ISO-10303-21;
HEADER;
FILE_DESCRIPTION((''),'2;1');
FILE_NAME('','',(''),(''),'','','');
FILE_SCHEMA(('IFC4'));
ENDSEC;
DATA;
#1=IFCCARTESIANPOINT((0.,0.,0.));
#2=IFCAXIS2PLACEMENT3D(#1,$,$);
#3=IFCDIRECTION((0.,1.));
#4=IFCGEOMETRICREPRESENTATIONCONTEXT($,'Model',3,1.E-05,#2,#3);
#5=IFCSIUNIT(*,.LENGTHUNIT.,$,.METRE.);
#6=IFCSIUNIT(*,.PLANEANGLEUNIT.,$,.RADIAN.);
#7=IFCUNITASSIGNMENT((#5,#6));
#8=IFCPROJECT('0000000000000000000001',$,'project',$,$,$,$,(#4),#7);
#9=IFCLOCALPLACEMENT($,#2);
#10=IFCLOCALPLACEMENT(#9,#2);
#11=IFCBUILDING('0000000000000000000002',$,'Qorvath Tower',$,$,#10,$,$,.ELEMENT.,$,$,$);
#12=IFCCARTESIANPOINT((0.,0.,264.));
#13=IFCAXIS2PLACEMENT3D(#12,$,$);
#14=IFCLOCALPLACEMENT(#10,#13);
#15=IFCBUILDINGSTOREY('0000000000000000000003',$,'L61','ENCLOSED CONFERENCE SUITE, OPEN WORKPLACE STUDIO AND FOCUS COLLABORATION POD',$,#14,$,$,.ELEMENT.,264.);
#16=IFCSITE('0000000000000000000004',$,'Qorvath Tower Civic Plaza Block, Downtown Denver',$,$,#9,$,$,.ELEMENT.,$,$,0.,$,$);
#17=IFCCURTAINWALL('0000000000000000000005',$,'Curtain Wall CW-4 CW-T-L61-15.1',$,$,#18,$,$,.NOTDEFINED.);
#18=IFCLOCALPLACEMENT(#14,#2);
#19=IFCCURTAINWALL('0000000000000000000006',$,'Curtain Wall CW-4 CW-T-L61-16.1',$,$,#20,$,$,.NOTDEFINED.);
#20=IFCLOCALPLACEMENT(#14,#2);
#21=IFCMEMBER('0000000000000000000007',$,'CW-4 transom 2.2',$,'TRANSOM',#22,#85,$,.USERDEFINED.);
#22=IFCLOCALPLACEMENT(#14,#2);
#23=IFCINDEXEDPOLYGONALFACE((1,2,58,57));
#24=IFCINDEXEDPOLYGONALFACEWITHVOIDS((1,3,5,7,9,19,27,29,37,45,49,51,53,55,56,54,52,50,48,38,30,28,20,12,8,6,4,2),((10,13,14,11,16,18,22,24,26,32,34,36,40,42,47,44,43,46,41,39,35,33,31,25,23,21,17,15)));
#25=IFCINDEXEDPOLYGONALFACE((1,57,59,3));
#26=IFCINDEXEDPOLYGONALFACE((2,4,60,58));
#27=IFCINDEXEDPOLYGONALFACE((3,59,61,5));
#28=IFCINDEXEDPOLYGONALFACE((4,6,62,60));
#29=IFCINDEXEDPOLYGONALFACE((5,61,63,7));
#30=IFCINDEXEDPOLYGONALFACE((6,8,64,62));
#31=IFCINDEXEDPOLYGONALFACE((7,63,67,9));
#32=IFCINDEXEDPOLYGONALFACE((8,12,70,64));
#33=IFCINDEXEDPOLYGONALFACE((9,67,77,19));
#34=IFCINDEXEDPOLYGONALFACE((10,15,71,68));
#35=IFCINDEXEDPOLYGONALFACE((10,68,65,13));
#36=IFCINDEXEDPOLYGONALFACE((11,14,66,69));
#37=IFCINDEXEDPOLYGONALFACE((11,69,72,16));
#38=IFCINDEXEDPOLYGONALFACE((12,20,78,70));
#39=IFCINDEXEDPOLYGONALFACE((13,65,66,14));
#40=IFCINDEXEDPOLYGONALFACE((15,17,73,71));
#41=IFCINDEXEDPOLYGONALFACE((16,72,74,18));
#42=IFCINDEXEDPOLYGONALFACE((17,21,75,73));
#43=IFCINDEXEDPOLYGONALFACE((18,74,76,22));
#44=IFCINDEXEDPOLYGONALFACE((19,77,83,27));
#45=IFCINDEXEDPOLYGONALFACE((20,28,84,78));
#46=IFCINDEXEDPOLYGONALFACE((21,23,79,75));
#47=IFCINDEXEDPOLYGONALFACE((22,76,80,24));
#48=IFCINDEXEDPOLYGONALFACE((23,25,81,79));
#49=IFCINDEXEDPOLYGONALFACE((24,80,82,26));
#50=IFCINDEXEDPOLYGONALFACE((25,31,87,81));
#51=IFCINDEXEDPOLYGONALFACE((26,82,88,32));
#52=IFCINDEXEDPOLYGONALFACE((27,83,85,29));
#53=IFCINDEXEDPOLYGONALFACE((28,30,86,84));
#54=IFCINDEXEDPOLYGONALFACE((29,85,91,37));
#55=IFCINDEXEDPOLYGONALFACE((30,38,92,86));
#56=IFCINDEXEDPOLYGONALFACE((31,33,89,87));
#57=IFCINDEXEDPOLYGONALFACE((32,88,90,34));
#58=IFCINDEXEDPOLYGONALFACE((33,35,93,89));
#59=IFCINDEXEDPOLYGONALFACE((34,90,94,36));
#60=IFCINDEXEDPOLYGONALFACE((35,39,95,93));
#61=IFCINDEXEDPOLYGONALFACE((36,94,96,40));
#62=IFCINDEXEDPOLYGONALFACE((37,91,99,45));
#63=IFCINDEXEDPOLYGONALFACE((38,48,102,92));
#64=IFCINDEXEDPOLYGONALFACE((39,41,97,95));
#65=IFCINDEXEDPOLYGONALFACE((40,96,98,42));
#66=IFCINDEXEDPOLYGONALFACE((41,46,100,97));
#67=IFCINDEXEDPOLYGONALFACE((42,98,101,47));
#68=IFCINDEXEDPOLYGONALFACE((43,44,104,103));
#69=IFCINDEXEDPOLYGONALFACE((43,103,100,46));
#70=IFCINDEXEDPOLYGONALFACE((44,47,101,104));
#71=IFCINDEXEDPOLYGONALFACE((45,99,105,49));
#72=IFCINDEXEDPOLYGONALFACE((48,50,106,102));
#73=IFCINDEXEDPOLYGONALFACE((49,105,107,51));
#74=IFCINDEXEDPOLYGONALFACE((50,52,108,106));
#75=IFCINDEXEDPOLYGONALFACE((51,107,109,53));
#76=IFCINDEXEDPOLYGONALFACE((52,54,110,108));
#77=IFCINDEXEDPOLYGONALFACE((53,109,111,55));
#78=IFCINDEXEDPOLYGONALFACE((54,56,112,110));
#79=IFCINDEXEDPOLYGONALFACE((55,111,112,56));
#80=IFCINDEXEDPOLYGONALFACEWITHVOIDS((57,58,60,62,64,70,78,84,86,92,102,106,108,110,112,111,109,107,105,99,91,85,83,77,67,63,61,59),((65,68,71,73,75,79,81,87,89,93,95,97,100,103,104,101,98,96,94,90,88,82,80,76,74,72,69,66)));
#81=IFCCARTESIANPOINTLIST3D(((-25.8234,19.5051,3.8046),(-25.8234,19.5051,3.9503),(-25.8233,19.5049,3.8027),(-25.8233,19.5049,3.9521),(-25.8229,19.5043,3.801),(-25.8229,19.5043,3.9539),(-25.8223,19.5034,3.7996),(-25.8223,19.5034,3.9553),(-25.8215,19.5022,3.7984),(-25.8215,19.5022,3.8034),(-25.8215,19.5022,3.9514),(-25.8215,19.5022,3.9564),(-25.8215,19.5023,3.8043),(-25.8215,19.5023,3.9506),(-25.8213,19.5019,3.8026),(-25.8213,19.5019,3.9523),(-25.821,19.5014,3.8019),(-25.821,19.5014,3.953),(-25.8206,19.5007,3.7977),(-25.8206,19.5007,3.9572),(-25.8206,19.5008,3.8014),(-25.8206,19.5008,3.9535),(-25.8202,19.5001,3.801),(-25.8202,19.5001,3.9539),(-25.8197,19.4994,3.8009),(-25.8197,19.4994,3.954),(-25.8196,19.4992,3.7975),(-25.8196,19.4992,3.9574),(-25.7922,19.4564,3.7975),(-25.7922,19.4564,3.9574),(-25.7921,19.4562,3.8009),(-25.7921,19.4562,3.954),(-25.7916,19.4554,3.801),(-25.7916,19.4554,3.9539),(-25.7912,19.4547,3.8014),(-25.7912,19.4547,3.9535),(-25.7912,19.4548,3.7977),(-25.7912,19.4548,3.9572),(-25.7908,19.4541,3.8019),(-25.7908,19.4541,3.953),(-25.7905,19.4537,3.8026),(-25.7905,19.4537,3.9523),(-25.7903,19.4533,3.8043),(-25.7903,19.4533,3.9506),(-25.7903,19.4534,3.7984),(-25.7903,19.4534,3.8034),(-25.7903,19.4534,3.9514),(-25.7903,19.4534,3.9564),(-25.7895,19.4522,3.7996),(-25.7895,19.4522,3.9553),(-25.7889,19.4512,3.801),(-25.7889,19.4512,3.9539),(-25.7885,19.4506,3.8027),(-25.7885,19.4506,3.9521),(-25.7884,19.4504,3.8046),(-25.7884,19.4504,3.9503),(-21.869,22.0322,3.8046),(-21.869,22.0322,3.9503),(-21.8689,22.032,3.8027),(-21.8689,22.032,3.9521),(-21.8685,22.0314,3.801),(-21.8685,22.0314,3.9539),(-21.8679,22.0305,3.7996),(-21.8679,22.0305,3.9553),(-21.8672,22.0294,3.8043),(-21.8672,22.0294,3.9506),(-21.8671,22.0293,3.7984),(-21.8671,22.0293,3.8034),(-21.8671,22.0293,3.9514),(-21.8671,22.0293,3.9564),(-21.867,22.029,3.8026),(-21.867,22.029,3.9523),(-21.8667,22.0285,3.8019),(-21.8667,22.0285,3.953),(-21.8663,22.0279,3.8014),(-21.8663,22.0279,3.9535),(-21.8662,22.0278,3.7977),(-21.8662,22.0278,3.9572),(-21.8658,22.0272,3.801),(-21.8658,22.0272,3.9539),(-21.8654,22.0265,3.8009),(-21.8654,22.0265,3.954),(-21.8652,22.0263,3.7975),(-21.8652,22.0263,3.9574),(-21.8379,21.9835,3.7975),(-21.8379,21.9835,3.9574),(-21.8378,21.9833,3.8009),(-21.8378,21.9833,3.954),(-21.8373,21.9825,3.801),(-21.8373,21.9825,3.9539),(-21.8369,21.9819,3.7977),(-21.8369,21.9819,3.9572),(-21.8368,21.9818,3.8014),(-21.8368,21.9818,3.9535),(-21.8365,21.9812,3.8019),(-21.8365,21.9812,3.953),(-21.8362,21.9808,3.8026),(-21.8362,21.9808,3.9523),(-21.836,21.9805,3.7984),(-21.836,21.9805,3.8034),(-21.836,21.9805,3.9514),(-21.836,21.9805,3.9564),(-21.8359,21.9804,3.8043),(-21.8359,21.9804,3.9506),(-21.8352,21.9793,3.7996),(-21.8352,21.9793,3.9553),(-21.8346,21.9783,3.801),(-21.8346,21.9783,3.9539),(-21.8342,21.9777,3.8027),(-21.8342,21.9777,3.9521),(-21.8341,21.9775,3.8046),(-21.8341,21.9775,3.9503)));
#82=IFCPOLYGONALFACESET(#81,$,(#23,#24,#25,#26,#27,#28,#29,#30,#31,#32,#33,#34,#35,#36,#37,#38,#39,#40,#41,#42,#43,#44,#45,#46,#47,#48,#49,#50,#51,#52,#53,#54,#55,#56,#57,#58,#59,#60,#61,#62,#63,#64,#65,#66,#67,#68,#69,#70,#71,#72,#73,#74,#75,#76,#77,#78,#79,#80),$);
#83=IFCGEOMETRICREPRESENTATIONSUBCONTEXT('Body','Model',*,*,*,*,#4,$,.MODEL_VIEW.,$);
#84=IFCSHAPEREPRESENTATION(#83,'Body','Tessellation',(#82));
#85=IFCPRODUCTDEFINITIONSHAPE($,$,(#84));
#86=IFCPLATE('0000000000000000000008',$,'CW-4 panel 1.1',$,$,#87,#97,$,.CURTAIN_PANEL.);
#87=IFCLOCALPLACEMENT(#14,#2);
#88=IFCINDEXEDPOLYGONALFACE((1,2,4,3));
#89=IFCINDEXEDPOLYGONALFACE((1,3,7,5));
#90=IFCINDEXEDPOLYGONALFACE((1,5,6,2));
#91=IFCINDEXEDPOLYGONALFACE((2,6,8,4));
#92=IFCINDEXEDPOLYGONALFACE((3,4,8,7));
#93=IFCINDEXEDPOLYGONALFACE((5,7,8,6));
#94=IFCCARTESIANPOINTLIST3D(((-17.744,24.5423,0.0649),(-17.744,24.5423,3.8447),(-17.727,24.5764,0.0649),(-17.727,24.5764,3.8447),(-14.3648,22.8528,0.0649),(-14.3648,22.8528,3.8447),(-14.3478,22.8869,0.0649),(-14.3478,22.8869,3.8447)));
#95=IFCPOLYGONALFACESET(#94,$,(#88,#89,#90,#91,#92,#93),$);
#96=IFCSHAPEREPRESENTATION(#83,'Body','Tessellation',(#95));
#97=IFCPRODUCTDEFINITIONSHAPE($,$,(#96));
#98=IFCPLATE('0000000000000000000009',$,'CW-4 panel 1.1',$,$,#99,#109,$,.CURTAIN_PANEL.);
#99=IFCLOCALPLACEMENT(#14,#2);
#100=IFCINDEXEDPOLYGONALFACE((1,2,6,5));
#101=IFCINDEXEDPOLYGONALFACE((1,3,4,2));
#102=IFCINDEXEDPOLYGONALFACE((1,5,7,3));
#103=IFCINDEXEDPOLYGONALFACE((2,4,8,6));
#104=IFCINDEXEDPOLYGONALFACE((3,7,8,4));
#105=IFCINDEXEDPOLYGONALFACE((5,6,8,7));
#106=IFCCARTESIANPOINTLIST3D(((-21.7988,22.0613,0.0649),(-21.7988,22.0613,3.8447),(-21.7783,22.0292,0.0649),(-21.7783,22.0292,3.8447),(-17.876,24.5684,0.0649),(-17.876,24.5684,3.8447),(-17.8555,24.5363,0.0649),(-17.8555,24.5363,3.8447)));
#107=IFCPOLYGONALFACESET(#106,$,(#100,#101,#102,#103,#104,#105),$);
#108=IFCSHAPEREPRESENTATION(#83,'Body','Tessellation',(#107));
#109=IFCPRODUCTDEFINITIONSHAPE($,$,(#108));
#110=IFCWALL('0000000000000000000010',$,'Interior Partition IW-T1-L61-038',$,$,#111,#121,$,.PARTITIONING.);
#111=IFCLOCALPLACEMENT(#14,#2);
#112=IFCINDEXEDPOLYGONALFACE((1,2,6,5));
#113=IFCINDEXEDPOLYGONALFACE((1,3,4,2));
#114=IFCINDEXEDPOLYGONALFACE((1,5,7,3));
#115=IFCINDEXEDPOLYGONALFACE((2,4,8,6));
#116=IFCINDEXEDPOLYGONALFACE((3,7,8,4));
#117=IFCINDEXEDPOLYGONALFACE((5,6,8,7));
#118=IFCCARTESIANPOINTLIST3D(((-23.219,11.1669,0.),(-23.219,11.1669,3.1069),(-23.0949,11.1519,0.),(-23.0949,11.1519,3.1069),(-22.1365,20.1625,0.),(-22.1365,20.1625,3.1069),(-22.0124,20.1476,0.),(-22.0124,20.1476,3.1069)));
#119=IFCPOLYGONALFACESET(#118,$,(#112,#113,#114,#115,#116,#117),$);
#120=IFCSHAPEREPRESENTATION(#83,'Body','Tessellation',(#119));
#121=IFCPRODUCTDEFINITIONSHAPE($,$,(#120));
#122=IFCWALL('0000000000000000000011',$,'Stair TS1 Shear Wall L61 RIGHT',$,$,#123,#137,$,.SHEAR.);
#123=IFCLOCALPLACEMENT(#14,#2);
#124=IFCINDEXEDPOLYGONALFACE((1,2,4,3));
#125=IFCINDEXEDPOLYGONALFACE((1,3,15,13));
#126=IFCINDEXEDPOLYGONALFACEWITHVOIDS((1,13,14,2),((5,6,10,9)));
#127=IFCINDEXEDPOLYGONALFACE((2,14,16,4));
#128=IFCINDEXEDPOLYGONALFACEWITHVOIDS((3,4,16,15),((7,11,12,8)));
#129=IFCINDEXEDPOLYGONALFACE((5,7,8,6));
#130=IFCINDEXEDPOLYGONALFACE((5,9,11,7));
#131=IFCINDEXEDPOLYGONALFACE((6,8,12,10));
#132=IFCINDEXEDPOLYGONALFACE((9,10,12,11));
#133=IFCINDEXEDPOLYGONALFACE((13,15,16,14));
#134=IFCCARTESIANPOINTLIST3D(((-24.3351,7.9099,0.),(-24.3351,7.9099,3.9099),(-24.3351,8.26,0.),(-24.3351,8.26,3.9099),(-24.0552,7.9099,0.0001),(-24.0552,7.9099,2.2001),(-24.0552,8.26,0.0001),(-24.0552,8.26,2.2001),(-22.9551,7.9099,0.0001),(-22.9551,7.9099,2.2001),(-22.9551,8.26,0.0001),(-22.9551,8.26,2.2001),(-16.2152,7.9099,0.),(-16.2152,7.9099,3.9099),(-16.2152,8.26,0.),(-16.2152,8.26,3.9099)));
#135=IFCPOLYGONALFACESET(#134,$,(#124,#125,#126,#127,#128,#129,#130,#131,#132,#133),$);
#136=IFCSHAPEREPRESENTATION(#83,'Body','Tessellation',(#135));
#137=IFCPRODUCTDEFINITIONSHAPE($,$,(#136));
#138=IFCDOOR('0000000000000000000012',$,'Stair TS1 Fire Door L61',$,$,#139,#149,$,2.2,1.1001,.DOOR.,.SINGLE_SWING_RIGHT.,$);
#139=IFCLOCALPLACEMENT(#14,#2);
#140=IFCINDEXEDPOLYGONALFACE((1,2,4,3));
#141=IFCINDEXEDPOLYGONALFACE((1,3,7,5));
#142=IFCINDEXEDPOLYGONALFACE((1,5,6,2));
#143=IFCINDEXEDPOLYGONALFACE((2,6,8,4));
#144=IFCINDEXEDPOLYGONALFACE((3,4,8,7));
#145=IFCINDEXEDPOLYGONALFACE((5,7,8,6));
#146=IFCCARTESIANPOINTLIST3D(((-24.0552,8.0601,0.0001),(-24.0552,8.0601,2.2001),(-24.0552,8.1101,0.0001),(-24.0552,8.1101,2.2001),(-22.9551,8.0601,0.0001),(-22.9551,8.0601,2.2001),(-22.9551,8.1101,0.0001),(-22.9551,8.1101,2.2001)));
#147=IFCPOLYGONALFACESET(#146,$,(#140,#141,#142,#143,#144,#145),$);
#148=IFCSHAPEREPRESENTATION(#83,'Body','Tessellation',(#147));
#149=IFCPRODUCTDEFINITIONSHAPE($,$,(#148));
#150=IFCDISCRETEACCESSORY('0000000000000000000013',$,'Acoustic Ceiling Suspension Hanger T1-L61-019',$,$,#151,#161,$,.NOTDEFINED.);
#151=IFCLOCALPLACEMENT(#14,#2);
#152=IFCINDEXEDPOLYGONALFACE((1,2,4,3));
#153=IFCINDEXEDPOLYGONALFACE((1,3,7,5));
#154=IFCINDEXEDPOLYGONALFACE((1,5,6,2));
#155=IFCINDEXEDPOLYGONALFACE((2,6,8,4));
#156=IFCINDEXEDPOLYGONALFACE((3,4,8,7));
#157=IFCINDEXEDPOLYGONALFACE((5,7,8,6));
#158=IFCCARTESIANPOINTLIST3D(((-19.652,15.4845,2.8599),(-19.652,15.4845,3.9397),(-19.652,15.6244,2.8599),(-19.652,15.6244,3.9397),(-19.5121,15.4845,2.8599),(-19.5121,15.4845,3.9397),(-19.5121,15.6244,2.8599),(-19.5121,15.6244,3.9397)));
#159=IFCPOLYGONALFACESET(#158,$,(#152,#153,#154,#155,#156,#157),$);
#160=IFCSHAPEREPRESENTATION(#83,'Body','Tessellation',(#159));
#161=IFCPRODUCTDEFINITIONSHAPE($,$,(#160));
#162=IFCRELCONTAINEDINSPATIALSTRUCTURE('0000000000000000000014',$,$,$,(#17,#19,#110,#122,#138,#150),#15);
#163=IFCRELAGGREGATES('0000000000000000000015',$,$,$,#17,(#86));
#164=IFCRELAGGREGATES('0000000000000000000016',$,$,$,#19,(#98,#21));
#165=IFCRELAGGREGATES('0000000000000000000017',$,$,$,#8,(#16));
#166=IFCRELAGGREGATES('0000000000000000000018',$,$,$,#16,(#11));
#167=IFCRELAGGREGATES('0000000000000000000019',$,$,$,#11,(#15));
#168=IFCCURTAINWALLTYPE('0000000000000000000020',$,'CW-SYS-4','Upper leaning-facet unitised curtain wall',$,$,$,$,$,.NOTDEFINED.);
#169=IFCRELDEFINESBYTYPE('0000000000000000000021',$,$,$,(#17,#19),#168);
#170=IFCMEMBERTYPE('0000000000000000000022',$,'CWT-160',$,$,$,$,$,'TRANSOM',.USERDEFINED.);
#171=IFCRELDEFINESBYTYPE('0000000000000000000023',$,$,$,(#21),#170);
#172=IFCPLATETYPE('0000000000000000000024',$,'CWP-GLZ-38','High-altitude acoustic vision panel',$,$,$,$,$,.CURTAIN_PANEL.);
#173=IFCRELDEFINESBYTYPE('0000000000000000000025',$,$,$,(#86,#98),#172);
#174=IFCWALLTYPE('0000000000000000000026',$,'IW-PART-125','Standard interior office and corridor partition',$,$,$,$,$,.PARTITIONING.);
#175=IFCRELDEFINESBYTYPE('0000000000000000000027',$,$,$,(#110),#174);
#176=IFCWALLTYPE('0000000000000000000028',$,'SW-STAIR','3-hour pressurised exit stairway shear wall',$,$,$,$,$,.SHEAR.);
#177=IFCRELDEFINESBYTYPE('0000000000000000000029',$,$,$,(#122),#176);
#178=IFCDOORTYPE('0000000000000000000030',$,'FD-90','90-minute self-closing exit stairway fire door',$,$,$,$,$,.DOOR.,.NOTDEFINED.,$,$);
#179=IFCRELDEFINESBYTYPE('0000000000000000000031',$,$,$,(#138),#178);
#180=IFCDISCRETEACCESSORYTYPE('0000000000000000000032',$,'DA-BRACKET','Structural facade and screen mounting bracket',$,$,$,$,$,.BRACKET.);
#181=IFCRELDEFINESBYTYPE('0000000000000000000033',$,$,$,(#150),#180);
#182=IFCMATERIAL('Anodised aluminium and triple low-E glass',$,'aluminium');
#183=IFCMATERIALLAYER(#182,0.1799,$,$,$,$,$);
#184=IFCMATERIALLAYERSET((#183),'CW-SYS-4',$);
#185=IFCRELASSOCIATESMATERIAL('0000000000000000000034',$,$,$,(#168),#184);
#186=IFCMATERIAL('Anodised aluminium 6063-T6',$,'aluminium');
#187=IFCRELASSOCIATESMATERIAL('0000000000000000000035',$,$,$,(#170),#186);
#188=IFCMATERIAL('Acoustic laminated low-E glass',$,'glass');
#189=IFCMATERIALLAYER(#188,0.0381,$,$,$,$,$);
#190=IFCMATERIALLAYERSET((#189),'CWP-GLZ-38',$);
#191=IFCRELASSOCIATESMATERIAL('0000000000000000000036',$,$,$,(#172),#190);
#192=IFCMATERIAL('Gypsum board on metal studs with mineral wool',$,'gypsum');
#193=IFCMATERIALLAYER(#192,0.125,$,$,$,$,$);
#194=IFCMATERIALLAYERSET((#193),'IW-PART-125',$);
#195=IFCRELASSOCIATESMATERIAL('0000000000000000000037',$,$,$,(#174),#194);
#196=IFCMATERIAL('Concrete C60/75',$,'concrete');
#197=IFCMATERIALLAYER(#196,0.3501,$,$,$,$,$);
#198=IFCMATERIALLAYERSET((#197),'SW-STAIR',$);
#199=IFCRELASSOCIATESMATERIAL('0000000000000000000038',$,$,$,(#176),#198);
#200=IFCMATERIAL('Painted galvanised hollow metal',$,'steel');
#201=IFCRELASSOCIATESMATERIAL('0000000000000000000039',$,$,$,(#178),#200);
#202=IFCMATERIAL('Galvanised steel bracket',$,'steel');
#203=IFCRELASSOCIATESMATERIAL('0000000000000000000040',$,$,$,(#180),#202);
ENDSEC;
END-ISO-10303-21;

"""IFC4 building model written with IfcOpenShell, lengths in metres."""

from ifc_helpers import new_model, si_unit, direction, frame, frame_2d, origin, origin_2d, place, context, subcontext, project, spatial, rectangle, hollow_rectangle, extrude, material, layer, layer_set, material_profile, profile_set, type_object, element, fill, aggregate, save


model = new_model("IFC4")

# Units and contexts
model_context = context("Model", 3, precision=1e-05, world=origin(), true_north=direction((0.0, 1.0)))
body_context = subcontext(model_context, "Body", "Model", "MODEL_VIEW")
ifc_project = project(units=[si_unit("LENGTHUNIT", "METRE"), si_unit("PLANEANGLEUNIT", "RADIAN")], contexts=[model_context])

# Site, building, storey
site_placement = place(None, origin())
site = spatial("IfcSite", under=ifc_project, at=site_placement, Name="Qorvath Tower Civic Plaza Block, Downtown Denver", CompositionType="ELEMENT", RefElevation=0.0)
building_placement = place(site_placement, origin())
building = spatial("IfcBuilding", under=site, at=building_placement, Name="Qorvath Tower", CompositionType="ELEMENT")
storey_placement = place(building_placement, frame((0.0, 0.0, 264.0)))
storey = spatial("IfcBuildingStorey", under=building, at=storey_placement, Name="L61", Description="ENCLOSED CONFERENCE SUITE, OPEN WORKPLACE STUDIO AND FOCUS COLLABORATION POD", CompositionType="ELEMENT", Elevation=264.0)

# Curtain wall
ifc_material_1 = material(Name="Anodised aluminium and triple low-E glass", Category="aluminium")
ifc_layer_1 = layer(ifc_material_1, 0.1799)
ifc_layer_set_1 = layer_set([ifc_layer_1], Name="CW-SYS-4")
curtain_wall_type = type_object("IfcCurtainWallType", Name="CW-SYS-4", Description="Upper leaning-facet unitised curtain wall", PredefinedType="NOTDEFINED", material=ifc_layer_set_1)
curtain_wall_1_placement = place(storey_placement, origin())
curtain_wall_1 = element("IfcCurtainWall", 1, at=curtain_wall_1_placement, inside=storey, type_object=curtain_wall_type, Name="Curtain Wall CW-4 CW-T-L61-15.1", PredefinedType="NOTDEFINED")

# Curtain wall, member
curtain_wall_2_placement = place(storey_placement, origin())
curtain_wall_2 = element("IfcCurtainWall", 2, at=curtain_wall_2_placement, inside=storey, type_object=curtain_wall_type, Name="Curtain Wall CW-4 CW-T-L61-16.1", PredefinedType="NOTDEFINED")
ifc_material_2 = material(Name="Anodised aluminium 6063-T6", Category="aluminium")
ifc_material_profile_1 = material_profile(ifc_material_2, hollow_rectangle(XDim=0.0649, YDim=0.1599, WallThickness=0.0034, InnerFilletRadius=0.0034, OuterFilletRadius=0.0071, at=origin_2d()), Name="CWT 160x65")
ifc_profile_set_1 = profile_set([ifc_material_profile_1], Name="Anodised aluminium 6063-T6")
member_type_1 = type_object("IfcMemberType", Name="CWT-160", ElementType="TRANSOM", PredefinedType="USERDEFINED", material=ifc_profile_set_1)
member_1_placement = place(storey_placement, frame((-21.8516, 22.0049, 3.8774), z_axis=(-0.842627, -0.538497, 0.0), x_axis=(0.538497, -0.842627, 0.0)))
member_1 = element("IfcMember", 3, at=member_1_placement, type_object=member_type_1, Name="CW-4 transom 2.2", ObjectType="TRANSOM", PredefinedType="USERDEFINED", context=body_context, shape_type="SweptSolid", body=[
    extrude(hollow_rectangle(XDim=0.0649, YDim=0.1599, WallThickness=0.0034, InnerFilletRadius=0.0034, OuterFilletRadius=0.0071, at=origin_2d()), origin(), (0.0, 0.0, 1.0), 4.6929),
])

# Plates
ifc_material_3 = material(Name="Acoustic laminated low-E glass", Category="glass")
ifc_layer_2 = layer(ifc_material_3, 0.0381)
ifc_layer_set_2 = layer_set([ifc_layer_2], Name="CWP-GLZ-38")
plate_type = type_object("IfcPlateType", Name="CWP-GLZ-38", Description="High-altitude acoustic vision panel", PredefinedType="CURTAIN_PANEL", material=ifc_layer_set_2)
plate_1_placement = place(storey_placement, frame((-16.0459, 23.7146, 0.0649), z_axis=(0.0, 0.0, 1.0), x_axis=(-0.894437, 0.447193, 0.0)))
plate_1 = element("IfcPlate", 4, at=plate_1_placement, type_object=plate_type, Name="CW-4 panel 1.1", PredefinedType="CURTAIN_PANEL", context=body_context, shape_type="SweptSolid", body=[
    extrude(rectangle(XDim=3.7781, YDim=0.0381, at=origin_2d()), origin(), (0.0, 0.0, 1.0), 3.7798),
])
aggregate(curtain_wall_1, [plate_1])
plate_2_placement = place(storey_placement, frame((-19.8271, 23.2988, 0.0649), z_axis=(0.0, 0.0, 1.0), x_axis=(-0.842611, -0.538523, 0.0)))
plate_2 = element("IfcPlate", 5, at=plate_2_placement, type_object=plate_type, Name="CW-4 panel 1.1", PredefinedType="CURTAIN_PANEL", context=body_context, shape_type="SweptSolid", body=[
    extrude(rectangle(XDim=4.6555, YDim=0.0381, at=origin_2d()), origin(), (0.0, 0.0, 1.0), 3.7798),
])
aggregate(curtain_wall_2, [plate_2, member_1])

# Wall
ifc_material_4 = material(Name="Gypsum board on metal studs with mineral wool", Category="gypsum")
ifc_layer_3 = layer(ifc_material_4, 0.125)
ifc_layer_set_3 = layer_set([ifc_layer_3], Name="IW-PART-125")
wall_type_1 = type_object("IfcWallType", Name="IW-PART-125", Description="Standard interior office and corridor partition", PredefinedType="PARTITIONING", material=ifc_layer_set_3)
wall_1_placement = place(storey_placement, frame((-22.0745, 20.155, 0.0), z_axis=(0.0, 0.0, 1.0), x_axis=(-0.119477, -0.992837, 0.0)))
element("IfcWall", 6, at=wall_1_placement, inside=storey, type_object=wall_type_1, Name="Interior Partition IW-T1-L61-038", PredefinedType="PARTITIONING", context=body_context, shape_type="SweptSolid", body=[
    extrude(rectangle(XDim=9.0605, YDim=0.125, at=frame_2d((4.5303, 0.0))), origin(), (0.0, 0.0, 1.0), 3.1069),
])

# Wall, opening, door
ifc_material_5 = material(Name="Concrete C60/75", Category="concrete")
ifc_layer_4 = layer(ifc_material_5, 0.3501)
ifc_layer_set_4 = layer_set([ifc_layer_4], Name="SW-STAIR")
wall_type_2 = type_object("IfcWallType", Name="SW-STAIR", Description="3-hour pressurised exit stairway shear wall", PredefinedType="SHEAR", material=ifc_layer_set_4)
wall_2_placement = place(storey_placement, frame((-16.2151, 8.085, 0.0), z_axis=(0.0, 0.0, 1.0), x_axis=(-1.0, 0.0, 0.0)))
wall_2 = element("IfcWall", 7, at=wall_2_placement, inside=storey, type_object=wall_type_2, Name="Stair TS1 Shear Wall L61 RIGHT", PredefinedType="SHEAR", context=body_context, shape_type="SweptSolid", body=[
    extrude(rectangle(XDim=8.1199, YDim=0.3501, at=frame_2d((4.0601, 0.0))), origin(), (0.0, 0.0, 1.0), 3.9099),
])
opening_placement = place(wall_2_placement, frame((6.74, 0.0, 0.0)))
opening = element("IfcOpeningElement", 8, at=opening_placement, cuts=wall_2, PredefinedType="OPENING", context=body_context, shape_type="SweptSolid", body=[
    extrude(rectangle(XDim=1.1001, YDim=2.2, at=frame_2d((0.55, 1.1001))), frame((0.0, 0.1851, 0.0), z_axis=(0.0, -1.0, 0.0), x_axis=(1.0, 0.0, 0.0)), (0.0, 0.0, 1.0), 0.3701),
])
ifc_material_6 = material(Name="Painted galvanised hollow metal", Category="steel")
door_type = type_object("IfcDoorType", Name="FD-90", Description="90-minute self-closing exit stairway fire door", OperationType="NOTDEFINED", PredefinedType="DOOR", material=ifc_material_6)
door_placement = place(opening_placement, origin())
door = element("IfcDoor", 9, at=door_placement, inside=storey, type_object=door_type, Name="Stair TS1 Fire Door L61", OperationType="SINGLE_SWING_RIGHT", OverallHeight=2.2, OverallWidth=1.1001, PredefinedType="DOOR", context=body_context, shape_type="SweptSolid", body=[
    extrude(rectangle(XDim=1.1001, YDim=2.2, at=frame_2d((0.55, 1.1001))), frame((0.0, 0.0249, 0.0), z_axis=(0.0, -1.0, 0.0), x_axis=(1.0, 0.0, 0.0)), (0.0, 0.0, 1.0), 0.05),
])
fill(opening, door)

# Discrete accessory
ifc_material_7 = material(Name="Galvanised steel bracket", Category="steel")
discrete_accessory_type = type_object("IfcDiscreteAccessoryType", Name="DA-BRACKET", Description="Structural facade and screen mounting bracket", PredefinedType="BRACKET", material=ifc_material_7)
discrete_accessory_placement = place(storey_placement, frame((-19.582, 15.5544, 2.8599), z_axis=(0.0, 0.0, 1.0), x_axis=(1.0, 0.0, 0.0)))
element("IfcDiscreteAccessory", 10, at=discrete_accessory_placement, inside=storey, type_object=discrete_accessory_type, Name="Acoustic Ceiling Suspension Hanger T1-L61-019", PredefinedType="NOTDEFINED", context=body_context, shape_type="SweptSolid", body=[
    extrude(rectangle(XDim=0.1399, YDim=0.1399, at=origin_2d()), origin(), (0.0, 0.0, 1.0), 1.0798),
])

save(model, "model.ifc")
